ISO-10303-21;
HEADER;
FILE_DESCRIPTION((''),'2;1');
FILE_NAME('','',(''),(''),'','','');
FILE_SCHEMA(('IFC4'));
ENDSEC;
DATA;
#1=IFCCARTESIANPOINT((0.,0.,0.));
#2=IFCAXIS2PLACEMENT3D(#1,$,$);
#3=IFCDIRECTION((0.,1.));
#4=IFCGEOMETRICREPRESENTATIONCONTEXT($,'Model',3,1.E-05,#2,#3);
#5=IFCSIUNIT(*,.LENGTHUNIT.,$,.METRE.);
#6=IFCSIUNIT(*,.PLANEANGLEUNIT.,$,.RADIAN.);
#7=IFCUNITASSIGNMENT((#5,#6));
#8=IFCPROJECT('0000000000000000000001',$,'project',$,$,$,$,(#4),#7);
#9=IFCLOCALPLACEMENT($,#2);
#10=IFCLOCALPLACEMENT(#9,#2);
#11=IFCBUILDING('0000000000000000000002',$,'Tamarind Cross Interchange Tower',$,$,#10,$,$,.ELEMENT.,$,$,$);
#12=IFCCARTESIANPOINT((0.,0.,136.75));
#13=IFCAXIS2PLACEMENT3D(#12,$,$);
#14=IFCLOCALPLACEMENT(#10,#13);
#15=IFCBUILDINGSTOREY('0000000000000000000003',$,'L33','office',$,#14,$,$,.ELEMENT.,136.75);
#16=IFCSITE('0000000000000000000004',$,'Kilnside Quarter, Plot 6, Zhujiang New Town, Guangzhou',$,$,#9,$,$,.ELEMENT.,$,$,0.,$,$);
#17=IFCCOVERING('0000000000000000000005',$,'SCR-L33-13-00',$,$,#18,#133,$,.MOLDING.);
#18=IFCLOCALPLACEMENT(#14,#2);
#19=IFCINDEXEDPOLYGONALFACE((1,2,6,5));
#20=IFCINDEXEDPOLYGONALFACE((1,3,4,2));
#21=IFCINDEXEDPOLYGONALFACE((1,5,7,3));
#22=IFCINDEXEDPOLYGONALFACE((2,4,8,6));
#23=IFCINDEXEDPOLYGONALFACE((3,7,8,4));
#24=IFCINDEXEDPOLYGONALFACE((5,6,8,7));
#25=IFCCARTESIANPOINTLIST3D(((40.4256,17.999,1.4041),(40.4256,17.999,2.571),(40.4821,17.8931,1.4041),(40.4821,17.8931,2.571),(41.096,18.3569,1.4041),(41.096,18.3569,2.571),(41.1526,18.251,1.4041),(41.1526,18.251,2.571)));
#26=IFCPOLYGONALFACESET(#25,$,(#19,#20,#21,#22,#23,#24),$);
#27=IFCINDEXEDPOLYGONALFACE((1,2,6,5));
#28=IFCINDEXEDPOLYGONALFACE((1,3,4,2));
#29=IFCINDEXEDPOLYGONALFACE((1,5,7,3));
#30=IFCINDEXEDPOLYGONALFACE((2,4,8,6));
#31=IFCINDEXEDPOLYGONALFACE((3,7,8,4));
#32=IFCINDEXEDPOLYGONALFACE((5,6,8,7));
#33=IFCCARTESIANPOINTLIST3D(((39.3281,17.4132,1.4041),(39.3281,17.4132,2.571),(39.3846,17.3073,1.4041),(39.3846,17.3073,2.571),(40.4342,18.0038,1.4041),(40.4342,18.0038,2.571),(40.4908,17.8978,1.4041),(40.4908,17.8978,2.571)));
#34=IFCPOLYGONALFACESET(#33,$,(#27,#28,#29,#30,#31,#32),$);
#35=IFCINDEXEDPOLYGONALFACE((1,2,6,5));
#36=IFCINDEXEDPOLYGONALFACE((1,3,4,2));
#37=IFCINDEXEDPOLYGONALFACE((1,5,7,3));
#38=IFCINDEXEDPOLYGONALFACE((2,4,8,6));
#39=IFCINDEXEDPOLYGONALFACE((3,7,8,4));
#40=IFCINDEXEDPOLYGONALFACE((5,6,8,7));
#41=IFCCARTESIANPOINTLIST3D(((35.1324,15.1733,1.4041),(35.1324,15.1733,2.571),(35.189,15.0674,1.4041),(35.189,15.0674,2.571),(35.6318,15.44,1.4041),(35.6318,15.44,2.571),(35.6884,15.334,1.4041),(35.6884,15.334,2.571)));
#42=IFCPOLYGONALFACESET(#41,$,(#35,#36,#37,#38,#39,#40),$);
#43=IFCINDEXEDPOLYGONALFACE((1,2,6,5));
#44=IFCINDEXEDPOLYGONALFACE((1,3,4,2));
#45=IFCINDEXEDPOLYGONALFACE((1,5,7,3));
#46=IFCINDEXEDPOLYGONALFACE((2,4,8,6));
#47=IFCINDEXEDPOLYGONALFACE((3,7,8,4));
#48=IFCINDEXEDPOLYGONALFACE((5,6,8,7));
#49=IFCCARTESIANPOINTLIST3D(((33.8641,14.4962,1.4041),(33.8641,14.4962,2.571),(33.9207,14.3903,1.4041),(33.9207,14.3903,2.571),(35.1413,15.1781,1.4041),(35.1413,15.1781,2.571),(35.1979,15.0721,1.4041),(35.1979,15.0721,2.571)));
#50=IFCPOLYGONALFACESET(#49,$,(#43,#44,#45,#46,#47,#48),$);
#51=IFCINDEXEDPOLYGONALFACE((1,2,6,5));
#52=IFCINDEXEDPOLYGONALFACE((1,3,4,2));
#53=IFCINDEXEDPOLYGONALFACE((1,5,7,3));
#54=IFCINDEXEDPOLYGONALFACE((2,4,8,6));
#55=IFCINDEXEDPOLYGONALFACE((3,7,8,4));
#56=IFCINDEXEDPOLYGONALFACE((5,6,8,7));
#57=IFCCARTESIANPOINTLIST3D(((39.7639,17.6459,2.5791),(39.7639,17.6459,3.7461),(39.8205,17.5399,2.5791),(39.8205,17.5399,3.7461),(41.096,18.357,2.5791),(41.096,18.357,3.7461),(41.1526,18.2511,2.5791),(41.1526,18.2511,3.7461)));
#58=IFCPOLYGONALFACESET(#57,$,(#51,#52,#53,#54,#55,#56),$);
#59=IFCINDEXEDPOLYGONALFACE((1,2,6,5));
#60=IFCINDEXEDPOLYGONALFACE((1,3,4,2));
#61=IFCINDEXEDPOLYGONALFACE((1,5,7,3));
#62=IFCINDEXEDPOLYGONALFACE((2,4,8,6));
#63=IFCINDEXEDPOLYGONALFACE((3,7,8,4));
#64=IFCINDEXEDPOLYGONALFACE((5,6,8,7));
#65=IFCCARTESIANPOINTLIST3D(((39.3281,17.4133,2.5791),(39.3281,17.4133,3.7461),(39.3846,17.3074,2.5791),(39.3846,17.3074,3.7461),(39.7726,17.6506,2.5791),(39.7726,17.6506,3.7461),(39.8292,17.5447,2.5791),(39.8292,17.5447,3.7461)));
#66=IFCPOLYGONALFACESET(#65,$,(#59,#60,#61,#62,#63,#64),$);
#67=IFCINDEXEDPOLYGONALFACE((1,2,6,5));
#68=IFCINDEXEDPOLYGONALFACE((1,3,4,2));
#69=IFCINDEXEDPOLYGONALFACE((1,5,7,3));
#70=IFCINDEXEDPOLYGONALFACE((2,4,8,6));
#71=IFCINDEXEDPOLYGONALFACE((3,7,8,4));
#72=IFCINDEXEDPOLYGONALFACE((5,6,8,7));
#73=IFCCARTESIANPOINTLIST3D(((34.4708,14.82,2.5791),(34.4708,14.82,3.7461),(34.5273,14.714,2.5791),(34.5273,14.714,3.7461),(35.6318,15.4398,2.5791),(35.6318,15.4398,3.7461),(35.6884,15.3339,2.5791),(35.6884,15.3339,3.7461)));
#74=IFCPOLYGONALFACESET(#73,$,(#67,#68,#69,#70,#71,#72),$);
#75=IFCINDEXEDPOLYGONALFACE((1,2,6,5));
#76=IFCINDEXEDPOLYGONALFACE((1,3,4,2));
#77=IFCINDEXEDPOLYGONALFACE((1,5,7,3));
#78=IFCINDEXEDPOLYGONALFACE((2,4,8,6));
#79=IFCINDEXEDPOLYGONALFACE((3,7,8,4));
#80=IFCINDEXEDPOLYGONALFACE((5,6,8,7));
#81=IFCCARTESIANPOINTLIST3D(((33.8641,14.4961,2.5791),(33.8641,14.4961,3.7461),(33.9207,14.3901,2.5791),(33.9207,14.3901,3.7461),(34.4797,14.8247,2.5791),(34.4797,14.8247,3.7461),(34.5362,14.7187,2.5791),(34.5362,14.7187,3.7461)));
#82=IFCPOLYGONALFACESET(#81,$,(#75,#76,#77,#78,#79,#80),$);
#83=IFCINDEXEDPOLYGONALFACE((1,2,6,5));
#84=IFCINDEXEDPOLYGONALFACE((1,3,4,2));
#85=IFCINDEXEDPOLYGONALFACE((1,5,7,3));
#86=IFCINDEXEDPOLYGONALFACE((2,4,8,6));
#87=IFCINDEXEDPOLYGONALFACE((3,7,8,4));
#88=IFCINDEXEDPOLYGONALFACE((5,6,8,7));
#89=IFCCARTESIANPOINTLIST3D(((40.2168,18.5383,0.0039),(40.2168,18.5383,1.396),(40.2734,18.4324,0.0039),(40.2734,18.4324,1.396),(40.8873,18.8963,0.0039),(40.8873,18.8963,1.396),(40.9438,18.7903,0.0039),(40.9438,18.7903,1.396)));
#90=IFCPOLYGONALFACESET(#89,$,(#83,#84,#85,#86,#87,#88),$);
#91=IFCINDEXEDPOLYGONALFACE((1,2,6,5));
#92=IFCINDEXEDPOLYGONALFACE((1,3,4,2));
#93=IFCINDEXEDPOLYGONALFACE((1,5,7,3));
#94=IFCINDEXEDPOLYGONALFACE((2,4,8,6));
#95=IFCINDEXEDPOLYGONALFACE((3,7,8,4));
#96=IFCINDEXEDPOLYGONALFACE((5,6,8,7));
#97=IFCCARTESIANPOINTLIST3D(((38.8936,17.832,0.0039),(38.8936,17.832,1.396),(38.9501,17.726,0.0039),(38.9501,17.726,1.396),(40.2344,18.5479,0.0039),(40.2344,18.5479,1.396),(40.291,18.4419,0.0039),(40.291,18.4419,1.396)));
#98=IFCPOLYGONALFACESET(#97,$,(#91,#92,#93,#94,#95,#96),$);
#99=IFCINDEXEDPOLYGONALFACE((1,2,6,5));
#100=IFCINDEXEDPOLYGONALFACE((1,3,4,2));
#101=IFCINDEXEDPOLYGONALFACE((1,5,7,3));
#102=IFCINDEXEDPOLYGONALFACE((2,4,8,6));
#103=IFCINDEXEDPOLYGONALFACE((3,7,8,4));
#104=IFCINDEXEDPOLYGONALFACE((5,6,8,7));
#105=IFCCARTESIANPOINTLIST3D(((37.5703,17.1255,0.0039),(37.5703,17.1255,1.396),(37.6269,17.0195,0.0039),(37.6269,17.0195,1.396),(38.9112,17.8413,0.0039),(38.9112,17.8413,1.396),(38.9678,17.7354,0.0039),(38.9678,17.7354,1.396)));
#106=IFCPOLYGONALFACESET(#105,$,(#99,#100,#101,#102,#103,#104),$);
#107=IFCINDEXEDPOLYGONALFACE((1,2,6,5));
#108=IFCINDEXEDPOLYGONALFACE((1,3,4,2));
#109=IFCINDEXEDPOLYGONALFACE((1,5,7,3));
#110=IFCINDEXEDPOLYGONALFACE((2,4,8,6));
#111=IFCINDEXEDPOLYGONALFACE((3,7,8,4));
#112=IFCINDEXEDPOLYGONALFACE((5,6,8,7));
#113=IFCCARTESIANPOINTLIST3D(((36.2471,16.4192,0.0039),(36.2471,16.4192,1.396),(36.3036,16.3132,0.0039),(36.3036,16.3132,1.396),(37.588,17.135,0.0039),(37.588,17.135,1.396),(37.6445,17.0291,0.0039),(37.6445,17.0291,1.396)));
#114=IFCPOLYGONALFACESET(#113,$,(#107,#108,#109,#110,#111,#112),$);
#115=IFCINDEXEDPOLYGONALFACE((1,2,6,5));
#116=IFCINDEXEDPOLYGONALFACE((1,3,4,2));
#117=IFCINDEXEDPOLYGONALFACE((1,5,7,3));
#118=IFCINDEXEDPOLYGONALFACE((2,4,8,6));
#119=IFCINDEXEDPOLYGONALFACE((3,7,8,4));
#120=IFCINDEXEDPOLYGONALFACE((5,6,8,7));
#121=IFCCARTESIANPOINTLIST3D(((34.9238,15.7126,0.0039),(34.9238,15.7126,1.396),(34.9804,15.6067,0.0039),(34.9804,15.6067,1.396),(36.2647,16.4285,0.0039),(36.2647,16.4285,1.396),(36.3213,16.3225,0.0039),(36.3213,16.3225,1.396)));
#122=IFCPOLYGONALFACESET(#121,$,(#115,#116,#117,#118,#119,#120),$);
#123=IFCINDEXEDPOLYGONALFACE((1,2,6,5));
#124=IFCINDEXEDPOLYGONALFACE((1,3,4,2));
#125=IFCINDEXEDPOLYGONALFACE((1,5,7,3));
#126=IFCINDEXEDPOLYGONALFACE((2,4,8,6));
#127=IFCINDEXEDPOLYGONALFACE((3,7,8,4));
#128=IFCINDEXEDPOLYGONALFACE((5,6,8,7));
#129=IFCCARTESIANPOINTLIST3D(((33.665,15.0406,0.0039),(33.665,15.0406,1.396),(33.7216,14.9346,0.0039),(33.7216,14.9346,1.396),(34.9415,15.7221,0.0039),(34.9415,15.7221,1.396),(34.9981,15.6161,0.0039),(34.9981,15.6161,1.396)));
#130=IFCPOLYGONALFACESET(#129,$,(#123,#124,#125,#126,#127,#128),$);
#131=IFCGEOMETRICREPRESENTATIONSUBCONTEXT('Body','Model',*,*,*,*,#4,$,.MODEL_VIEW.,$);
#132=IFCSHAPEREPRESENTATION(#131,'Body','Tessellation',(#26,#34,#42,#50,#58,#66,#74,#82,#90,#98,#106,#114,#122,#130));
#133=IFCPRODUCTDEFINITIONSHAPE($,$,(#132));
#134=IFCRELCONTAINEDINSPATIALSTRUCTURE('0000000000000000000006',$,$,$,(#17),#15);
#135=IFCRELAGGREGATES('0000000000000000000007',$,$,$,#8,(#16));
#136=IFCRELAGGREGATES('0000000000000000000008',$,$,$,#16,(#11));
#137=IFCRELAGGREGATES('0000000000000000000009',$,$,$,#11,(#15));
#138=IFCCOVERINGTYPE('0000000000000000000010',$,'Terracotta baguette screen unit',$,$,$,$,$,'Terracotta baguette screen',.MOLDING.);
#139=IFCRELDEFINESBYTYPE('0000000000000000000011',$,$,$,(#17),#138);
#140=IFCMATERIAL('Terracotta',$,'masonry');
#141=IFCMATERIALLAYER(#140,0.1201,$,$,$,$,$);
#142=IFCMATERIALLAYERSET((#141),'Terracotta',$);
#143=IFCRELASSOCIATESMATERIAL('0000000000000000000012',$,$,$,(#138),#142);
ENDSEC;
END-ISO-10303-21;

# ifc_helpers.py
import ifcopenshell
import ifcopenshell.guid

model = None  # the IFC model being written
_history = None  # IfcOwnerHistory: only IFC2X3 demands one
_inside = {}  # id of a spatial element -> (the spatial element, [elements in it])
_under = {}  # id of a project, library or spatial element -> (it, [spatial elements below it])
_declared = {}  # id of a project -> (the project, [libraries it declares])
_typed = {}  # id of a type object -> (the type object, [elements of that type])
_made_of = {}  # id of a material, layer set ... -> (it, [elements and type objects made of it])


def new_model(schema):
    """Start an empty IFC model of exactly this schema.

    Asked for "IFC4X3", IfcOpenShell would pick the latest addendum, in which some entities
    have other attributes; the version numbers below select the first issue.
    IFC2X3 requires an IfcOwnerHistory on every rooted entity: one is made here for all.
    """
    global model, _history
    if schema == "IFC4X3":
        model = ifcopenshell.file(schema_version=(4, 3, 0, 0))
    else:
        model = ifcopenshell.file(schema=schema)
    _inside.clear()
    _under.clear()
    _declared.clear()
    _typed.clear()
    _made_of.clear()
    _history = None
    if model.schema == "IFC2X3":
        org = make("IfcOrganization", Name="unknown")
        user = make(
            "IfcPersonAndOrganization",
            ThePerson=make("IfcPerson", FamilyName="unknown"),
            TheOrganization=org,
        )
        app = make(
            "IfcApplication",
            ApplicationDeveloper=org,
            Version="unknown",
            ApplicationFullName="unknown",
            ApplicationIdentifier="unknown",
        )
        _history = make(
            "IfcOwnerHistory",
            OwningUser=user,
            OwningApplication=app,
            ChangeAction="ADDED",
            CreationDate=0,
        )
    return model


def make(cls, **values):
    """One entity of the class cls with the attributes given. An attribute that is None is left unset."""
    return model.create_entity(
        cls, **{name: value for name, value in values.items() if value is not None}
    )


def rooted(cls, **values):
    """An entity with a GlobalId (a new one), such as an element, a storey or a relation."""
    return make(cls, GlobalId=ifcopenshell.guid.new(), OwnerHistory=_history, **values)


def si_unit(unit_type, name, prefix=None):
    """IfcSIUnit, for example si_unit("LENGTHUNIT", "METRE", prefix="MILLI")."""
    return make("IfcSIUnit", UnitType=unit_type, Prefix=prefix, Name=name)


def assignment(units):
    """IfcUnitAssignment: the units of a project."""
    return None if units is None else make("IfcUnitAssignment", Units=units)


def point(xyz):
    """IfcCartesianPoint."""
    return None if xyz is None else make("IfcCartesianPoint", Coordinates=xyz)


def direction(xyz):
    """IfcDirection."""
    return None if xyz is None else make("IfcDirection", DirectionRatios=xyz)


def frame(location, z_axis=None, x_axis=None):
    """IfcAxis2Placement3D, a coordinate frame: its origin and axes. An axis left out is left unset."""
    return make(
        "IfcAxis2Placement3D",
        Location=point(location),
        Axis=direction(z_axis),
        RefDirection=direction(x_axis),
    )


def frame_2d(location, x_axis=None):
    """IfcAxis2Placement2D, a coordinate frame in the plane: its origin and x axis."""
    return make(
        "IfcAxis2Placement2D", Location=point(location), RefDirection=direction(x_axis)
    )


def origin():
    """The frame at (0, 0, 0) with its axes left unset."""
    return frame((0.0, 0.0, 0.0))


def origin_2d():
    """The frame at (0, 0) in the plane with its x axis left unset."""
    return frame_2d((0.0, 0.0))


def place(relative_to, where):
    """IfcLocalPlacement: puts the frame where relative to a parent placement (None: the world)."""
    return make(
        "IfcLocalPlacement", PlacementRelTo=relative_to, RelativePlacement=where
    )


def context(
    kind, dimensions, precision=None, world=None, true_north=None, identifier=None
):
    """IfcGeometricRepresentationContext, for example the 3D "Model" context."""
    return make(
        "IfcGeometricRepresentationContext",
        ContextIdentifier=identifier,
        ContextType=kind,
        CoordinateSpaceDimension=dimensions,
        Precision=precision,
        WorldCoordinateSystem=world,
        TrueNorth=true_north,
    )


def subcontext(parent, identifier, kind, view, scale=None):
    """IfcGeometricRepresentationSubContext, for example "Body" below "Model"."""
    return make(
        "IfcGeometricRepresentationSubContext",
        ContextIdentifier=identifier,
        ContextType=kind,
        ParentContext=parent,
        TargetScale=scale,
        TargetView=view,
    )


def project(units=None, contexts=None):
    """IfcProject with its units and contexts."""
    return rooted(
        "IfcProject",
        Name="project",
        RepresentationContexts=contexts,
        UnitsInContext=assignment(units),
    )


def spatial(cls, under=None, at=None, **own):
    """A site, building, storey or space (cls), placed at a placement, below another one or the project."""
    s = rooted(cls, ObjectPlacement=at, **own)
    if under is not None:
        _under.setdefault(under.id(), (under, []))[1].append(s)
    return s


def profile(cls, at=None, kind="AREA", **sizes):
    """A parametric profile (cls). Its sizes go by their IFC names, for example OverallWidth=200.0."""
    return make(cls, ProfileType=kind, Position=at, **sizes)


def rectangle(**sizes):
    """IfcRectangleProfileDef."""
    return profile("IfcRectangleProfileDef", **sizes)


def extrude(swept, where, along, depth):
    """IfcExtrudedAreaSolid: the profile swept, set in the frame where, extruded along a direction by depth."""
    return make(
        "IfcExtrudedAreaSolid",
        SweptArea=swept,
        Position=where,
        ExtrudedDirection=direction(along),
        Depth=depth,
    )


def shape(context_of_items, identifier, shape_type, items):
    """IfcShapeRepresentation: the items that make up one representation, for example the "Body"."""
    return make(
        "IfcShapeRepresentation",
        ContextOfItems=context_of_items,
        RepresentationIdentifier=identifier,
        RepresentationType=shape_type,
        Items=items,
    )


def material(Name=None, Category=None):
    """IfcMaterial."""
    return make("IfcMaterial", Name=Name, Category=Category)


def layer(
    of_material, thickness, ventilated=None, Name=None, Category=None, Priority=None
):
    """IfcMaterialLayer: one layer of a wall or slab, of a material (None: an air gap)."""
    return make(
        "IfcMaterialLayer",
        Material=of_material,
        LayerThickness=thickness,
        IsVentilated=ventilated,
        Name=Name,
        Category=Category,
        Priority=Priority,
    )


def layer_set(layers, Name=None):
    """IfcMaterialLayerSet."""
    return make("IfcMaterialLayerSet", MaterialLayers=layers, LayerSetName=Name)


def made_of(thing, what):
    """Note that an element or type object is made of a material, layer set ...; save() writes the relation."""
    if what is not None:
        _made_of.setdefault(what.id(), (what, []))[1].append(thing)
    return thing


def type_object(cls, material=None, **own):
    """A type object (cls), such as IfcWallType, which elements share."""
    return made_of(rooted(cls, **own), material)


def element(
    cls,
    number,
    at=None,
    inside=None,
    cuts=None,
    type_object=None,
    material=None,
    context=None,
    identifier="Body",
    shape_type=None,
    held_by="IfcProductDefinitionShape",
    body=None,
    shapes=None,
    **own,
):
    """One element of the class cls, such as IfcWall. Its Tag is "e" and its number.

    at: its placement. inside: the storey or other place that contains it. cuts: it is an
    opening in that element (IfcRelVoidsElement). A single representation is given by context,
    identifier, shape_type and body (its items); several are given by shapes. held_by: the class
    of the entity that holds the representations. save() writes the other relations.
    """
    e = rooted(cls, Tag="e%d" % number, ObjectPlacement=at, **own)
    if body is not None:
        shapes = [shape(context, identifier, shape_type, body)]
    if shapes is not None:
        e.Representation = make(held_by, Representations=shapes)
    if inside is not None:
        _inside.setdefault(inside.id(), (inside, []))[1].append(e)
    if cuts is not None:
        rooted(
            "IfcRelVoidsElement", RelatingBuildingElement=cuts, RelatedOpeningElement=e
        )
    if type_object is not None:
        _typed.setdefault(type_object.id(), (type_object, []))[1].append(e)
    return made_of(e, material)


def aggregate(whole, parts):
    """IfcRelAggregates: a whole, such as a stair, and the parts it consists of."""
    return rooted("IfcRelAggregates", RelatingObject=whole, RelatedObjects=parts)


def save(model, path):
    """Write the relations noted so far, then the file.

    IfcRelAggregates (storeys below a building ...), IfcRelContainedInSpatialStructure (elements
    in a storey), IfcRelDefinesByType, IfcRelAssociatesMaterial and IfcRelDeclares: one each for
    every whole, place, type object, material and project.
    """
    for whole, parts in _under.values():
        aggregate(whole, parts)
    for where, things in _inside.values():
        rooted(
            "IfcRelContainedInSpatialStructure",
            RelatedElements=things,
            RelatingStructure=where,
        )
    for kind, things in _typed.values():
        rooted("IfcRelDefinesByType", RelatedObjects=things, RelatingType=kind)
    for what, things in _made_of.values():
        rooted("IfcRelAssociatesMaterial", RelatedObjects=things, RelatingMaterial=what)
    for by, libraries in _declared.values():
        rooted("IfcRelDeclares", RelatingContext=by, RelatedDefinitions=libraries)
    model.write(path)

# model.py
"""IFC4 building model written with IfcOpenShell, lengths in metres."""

from ifc_helpers import new_model, si_unit, direction, frame, origin, origin_2d, place, context, subcontext, project, spatial, rectangle, extrude, material, layer, layer_set, type_object, element, save


model = new_model("IFC4")

# Units and contexts
model_context = context("Model", 3, precision=1e-05, world=origin(), true_north=direction((0.0, 1.0)))
body_context = subcontext(model_context, "Body", "Model", "MODEL_VIEW")
ifc_project = project(units=[si_unit("LENGTHUNIT", "METRE"), si_unit("PLANEANGLEUNIT", "RADIAN")], contexts=[model_context])

# Site, building, storey
site_placement = place(None, origin())
site = spatial("IfcSite", under=ifc_project, at=site_placement, Name="Kilnside Quarter, Plot 6, Zhujiang New Town, Guangzhou", CompositionType="ELEMENT", RefElevation=0.0)
building_placement = place(site_placement, origin())
building = spatial("IfcBuilding", under=site, at=building_placement, Name="Tamarind Cross Interchange Tower", CompositionType="ELEMENT")
storey_placement = place(building_placement, frame((0.0, 0.0, 136.75)))
storey = spatial("IfcBuildingStorey", under=building, at=storey_placement, Name="L33", Description="office", CompositionType="ELEMENT", Elevation=136.75)

# Covering
ifc_material_1 = material(Name="Terracotta", Category="masonry")
ifc_layer_1 = layer(ifc_material_1, 0.1201)
ifc_layer_set_1 = layer_set([ifc_layer_1], Name="Terracotta")
covering_type = type_object("IfcCoveringType", Name="Terracotta baguette screen unit", ElementType="Terracotta baguette screen", PredefinedType="MOLDING", material=ifc_layer_set_1)
covering_1_placement = place(storey_placement, origin())
element("IfcCovering", 1, at=covering_1_placement, inside=storey, type_object=covering_type, Name="SCR-L33-13-00", PredefinedType="MOLDING", context=body_context, shape_type="SweptSolid", body=[
    extrude(rectangle(XDim=0.76, YDim=0.1201, at=origin_2d()), frame((40.7891, 18.125, 1.4041), z_axis=(0.0, 0.0, 1.0), x_axis=(-0.882155, -0.470959, 0.0)), (0.0, 0.0, 1.0), 1.167),
    extrude(rectangle(XDim=1.2539, YDim=0.1201, at=origin_2d()), frame((39.9094, 17.6555, 1.4041), z_axis=(0.0, 0.0, 1.0), x_axis=(-0.882155, -0.470959, 0.0)), (0.0, 0.0, 1.0), 1.167),
    extrude(rectangle(XDim=0.5662, YDim=0.1201, at=origin_2d()), frame((35.4104, 15.2537, 1.4041), z_axis=(0.0, 0.0, 1.0), x_axis=(-0.882155, -0.470959, 0.0)), (0.0, 0.0, 1.0), 1.167),
    extrude(rectangle(XDim=1.4478, YDim=0.1201, at=origin_2d()), frame((34.531, 14.7842, 1.4041), z_axis=(0.0, 0.0, 1.0), x_axis=(-0.882155, -0.470959, 0.0)), (0.0, 0.0, 1.0), 1.167),
    extrude(rectangle(XDim=1.51, YDim=0.1201, at=origin_2d()), frame((40.4583, 17.9485, 2.5791), z_axis=(0.0, 0.0, 1.0), x_axis=(-0.882155, -0.470959, 0.0)), (0.0, 0.0, 1.0), 1.167),
    extrude(rectangle(XDim=0.5039, YDim=0.1201, at=origin_2d()), frame((39.5786, 17.479, 2.5791), z_axis=(0.0, 0.0, 1.0), x_axis=(-0.882155, -0.470959, 0.0)), (0.0, 0.0, 1.0), 1.167),
    extrude(rectangle(XDim=1.3162, YDim=0.1201, at=origin_2d()), frame((35.0796, 15.0769, 2.5791), z_axis=(0.0, 0.0, 1.0), x_axis=(-0.882155, -0.470959, 0.0)), (0.0, 0.0, 1.0), 1.167),
    extrude(rectangle(XDim=0.6978, YDim=0.1201, at=origin_2d()), frame((34.2002, 14.6074, 2.5791), z_axis=(0.0, 0.0, 1.0), x_axis=(-0.882155, -0.470959, 0.0)), (0.0, 0.0, 1.0), 1.167),
    extrude(rectangle(XDim=0.76, YDim=0.1201, at=origin_2d()), frame((40.5803, 18.6643, 0.0039), z_axis=(0.0, 0.0, 1.0), x_axis=(-0.882155, -0.470959, 0.0)), (0.0, 0.0, 1.0), 1.3921),
    extrude(rectangle(XDim=1.52, YDim=0.1201, at=origin_2d()), frame((39.5923, 18.137, 0.0039), z_axis=(0.0, 0.0, 1.0), x_axis=(-0.882155, -0.470959, 0.0)), (0.0, 0.0, 1.0), 1.3921),
    extrude(rectangle(XDim=1.52, YDim=0.1201, at=origin_2d()), frame((38.269, 17.4304, 0.0039), z_axis=(0.0, 0.0, 1.0), x_axis=(-0.882155, -0.470959, 0.0)), (0.0, 0.0, 1.0), 1.3921),
    extrude(rectangle(XDim=1.52, YDim=0.1201, at=origin_2d()), frame((36.9458, 16.7241, 0.0039), z_axis=(0.0, 0.0, 1.0), x_axis=(-0.882155, -0.470959, 0.0)), (0.0, 0.0, 1.0), 1.3921),
    extrude(rectangle(XDim=1.52, YDim=0.1201, at=origin_2d()), frame((35.6226, 16.0176, 0.0039), z_axis=(0.0, 0.0, 1.0), x_axis=(-0.882155, -0.470959, 0.0)), (0.0, 0.0, 1.0), 1.3921),
    extrude(rectangle(XDim=1.447, YDim=0.1201, at=origin_2d()), frame((34.3315, 15.3284, 0.0039), z_axis=(0.0, 0.0, 1.0), x_axis=(-0.882155, -0.470959, 0.0)), (0.0, 0.0, 1.0), 1.3921),
])

save(model, "model.ifc")
